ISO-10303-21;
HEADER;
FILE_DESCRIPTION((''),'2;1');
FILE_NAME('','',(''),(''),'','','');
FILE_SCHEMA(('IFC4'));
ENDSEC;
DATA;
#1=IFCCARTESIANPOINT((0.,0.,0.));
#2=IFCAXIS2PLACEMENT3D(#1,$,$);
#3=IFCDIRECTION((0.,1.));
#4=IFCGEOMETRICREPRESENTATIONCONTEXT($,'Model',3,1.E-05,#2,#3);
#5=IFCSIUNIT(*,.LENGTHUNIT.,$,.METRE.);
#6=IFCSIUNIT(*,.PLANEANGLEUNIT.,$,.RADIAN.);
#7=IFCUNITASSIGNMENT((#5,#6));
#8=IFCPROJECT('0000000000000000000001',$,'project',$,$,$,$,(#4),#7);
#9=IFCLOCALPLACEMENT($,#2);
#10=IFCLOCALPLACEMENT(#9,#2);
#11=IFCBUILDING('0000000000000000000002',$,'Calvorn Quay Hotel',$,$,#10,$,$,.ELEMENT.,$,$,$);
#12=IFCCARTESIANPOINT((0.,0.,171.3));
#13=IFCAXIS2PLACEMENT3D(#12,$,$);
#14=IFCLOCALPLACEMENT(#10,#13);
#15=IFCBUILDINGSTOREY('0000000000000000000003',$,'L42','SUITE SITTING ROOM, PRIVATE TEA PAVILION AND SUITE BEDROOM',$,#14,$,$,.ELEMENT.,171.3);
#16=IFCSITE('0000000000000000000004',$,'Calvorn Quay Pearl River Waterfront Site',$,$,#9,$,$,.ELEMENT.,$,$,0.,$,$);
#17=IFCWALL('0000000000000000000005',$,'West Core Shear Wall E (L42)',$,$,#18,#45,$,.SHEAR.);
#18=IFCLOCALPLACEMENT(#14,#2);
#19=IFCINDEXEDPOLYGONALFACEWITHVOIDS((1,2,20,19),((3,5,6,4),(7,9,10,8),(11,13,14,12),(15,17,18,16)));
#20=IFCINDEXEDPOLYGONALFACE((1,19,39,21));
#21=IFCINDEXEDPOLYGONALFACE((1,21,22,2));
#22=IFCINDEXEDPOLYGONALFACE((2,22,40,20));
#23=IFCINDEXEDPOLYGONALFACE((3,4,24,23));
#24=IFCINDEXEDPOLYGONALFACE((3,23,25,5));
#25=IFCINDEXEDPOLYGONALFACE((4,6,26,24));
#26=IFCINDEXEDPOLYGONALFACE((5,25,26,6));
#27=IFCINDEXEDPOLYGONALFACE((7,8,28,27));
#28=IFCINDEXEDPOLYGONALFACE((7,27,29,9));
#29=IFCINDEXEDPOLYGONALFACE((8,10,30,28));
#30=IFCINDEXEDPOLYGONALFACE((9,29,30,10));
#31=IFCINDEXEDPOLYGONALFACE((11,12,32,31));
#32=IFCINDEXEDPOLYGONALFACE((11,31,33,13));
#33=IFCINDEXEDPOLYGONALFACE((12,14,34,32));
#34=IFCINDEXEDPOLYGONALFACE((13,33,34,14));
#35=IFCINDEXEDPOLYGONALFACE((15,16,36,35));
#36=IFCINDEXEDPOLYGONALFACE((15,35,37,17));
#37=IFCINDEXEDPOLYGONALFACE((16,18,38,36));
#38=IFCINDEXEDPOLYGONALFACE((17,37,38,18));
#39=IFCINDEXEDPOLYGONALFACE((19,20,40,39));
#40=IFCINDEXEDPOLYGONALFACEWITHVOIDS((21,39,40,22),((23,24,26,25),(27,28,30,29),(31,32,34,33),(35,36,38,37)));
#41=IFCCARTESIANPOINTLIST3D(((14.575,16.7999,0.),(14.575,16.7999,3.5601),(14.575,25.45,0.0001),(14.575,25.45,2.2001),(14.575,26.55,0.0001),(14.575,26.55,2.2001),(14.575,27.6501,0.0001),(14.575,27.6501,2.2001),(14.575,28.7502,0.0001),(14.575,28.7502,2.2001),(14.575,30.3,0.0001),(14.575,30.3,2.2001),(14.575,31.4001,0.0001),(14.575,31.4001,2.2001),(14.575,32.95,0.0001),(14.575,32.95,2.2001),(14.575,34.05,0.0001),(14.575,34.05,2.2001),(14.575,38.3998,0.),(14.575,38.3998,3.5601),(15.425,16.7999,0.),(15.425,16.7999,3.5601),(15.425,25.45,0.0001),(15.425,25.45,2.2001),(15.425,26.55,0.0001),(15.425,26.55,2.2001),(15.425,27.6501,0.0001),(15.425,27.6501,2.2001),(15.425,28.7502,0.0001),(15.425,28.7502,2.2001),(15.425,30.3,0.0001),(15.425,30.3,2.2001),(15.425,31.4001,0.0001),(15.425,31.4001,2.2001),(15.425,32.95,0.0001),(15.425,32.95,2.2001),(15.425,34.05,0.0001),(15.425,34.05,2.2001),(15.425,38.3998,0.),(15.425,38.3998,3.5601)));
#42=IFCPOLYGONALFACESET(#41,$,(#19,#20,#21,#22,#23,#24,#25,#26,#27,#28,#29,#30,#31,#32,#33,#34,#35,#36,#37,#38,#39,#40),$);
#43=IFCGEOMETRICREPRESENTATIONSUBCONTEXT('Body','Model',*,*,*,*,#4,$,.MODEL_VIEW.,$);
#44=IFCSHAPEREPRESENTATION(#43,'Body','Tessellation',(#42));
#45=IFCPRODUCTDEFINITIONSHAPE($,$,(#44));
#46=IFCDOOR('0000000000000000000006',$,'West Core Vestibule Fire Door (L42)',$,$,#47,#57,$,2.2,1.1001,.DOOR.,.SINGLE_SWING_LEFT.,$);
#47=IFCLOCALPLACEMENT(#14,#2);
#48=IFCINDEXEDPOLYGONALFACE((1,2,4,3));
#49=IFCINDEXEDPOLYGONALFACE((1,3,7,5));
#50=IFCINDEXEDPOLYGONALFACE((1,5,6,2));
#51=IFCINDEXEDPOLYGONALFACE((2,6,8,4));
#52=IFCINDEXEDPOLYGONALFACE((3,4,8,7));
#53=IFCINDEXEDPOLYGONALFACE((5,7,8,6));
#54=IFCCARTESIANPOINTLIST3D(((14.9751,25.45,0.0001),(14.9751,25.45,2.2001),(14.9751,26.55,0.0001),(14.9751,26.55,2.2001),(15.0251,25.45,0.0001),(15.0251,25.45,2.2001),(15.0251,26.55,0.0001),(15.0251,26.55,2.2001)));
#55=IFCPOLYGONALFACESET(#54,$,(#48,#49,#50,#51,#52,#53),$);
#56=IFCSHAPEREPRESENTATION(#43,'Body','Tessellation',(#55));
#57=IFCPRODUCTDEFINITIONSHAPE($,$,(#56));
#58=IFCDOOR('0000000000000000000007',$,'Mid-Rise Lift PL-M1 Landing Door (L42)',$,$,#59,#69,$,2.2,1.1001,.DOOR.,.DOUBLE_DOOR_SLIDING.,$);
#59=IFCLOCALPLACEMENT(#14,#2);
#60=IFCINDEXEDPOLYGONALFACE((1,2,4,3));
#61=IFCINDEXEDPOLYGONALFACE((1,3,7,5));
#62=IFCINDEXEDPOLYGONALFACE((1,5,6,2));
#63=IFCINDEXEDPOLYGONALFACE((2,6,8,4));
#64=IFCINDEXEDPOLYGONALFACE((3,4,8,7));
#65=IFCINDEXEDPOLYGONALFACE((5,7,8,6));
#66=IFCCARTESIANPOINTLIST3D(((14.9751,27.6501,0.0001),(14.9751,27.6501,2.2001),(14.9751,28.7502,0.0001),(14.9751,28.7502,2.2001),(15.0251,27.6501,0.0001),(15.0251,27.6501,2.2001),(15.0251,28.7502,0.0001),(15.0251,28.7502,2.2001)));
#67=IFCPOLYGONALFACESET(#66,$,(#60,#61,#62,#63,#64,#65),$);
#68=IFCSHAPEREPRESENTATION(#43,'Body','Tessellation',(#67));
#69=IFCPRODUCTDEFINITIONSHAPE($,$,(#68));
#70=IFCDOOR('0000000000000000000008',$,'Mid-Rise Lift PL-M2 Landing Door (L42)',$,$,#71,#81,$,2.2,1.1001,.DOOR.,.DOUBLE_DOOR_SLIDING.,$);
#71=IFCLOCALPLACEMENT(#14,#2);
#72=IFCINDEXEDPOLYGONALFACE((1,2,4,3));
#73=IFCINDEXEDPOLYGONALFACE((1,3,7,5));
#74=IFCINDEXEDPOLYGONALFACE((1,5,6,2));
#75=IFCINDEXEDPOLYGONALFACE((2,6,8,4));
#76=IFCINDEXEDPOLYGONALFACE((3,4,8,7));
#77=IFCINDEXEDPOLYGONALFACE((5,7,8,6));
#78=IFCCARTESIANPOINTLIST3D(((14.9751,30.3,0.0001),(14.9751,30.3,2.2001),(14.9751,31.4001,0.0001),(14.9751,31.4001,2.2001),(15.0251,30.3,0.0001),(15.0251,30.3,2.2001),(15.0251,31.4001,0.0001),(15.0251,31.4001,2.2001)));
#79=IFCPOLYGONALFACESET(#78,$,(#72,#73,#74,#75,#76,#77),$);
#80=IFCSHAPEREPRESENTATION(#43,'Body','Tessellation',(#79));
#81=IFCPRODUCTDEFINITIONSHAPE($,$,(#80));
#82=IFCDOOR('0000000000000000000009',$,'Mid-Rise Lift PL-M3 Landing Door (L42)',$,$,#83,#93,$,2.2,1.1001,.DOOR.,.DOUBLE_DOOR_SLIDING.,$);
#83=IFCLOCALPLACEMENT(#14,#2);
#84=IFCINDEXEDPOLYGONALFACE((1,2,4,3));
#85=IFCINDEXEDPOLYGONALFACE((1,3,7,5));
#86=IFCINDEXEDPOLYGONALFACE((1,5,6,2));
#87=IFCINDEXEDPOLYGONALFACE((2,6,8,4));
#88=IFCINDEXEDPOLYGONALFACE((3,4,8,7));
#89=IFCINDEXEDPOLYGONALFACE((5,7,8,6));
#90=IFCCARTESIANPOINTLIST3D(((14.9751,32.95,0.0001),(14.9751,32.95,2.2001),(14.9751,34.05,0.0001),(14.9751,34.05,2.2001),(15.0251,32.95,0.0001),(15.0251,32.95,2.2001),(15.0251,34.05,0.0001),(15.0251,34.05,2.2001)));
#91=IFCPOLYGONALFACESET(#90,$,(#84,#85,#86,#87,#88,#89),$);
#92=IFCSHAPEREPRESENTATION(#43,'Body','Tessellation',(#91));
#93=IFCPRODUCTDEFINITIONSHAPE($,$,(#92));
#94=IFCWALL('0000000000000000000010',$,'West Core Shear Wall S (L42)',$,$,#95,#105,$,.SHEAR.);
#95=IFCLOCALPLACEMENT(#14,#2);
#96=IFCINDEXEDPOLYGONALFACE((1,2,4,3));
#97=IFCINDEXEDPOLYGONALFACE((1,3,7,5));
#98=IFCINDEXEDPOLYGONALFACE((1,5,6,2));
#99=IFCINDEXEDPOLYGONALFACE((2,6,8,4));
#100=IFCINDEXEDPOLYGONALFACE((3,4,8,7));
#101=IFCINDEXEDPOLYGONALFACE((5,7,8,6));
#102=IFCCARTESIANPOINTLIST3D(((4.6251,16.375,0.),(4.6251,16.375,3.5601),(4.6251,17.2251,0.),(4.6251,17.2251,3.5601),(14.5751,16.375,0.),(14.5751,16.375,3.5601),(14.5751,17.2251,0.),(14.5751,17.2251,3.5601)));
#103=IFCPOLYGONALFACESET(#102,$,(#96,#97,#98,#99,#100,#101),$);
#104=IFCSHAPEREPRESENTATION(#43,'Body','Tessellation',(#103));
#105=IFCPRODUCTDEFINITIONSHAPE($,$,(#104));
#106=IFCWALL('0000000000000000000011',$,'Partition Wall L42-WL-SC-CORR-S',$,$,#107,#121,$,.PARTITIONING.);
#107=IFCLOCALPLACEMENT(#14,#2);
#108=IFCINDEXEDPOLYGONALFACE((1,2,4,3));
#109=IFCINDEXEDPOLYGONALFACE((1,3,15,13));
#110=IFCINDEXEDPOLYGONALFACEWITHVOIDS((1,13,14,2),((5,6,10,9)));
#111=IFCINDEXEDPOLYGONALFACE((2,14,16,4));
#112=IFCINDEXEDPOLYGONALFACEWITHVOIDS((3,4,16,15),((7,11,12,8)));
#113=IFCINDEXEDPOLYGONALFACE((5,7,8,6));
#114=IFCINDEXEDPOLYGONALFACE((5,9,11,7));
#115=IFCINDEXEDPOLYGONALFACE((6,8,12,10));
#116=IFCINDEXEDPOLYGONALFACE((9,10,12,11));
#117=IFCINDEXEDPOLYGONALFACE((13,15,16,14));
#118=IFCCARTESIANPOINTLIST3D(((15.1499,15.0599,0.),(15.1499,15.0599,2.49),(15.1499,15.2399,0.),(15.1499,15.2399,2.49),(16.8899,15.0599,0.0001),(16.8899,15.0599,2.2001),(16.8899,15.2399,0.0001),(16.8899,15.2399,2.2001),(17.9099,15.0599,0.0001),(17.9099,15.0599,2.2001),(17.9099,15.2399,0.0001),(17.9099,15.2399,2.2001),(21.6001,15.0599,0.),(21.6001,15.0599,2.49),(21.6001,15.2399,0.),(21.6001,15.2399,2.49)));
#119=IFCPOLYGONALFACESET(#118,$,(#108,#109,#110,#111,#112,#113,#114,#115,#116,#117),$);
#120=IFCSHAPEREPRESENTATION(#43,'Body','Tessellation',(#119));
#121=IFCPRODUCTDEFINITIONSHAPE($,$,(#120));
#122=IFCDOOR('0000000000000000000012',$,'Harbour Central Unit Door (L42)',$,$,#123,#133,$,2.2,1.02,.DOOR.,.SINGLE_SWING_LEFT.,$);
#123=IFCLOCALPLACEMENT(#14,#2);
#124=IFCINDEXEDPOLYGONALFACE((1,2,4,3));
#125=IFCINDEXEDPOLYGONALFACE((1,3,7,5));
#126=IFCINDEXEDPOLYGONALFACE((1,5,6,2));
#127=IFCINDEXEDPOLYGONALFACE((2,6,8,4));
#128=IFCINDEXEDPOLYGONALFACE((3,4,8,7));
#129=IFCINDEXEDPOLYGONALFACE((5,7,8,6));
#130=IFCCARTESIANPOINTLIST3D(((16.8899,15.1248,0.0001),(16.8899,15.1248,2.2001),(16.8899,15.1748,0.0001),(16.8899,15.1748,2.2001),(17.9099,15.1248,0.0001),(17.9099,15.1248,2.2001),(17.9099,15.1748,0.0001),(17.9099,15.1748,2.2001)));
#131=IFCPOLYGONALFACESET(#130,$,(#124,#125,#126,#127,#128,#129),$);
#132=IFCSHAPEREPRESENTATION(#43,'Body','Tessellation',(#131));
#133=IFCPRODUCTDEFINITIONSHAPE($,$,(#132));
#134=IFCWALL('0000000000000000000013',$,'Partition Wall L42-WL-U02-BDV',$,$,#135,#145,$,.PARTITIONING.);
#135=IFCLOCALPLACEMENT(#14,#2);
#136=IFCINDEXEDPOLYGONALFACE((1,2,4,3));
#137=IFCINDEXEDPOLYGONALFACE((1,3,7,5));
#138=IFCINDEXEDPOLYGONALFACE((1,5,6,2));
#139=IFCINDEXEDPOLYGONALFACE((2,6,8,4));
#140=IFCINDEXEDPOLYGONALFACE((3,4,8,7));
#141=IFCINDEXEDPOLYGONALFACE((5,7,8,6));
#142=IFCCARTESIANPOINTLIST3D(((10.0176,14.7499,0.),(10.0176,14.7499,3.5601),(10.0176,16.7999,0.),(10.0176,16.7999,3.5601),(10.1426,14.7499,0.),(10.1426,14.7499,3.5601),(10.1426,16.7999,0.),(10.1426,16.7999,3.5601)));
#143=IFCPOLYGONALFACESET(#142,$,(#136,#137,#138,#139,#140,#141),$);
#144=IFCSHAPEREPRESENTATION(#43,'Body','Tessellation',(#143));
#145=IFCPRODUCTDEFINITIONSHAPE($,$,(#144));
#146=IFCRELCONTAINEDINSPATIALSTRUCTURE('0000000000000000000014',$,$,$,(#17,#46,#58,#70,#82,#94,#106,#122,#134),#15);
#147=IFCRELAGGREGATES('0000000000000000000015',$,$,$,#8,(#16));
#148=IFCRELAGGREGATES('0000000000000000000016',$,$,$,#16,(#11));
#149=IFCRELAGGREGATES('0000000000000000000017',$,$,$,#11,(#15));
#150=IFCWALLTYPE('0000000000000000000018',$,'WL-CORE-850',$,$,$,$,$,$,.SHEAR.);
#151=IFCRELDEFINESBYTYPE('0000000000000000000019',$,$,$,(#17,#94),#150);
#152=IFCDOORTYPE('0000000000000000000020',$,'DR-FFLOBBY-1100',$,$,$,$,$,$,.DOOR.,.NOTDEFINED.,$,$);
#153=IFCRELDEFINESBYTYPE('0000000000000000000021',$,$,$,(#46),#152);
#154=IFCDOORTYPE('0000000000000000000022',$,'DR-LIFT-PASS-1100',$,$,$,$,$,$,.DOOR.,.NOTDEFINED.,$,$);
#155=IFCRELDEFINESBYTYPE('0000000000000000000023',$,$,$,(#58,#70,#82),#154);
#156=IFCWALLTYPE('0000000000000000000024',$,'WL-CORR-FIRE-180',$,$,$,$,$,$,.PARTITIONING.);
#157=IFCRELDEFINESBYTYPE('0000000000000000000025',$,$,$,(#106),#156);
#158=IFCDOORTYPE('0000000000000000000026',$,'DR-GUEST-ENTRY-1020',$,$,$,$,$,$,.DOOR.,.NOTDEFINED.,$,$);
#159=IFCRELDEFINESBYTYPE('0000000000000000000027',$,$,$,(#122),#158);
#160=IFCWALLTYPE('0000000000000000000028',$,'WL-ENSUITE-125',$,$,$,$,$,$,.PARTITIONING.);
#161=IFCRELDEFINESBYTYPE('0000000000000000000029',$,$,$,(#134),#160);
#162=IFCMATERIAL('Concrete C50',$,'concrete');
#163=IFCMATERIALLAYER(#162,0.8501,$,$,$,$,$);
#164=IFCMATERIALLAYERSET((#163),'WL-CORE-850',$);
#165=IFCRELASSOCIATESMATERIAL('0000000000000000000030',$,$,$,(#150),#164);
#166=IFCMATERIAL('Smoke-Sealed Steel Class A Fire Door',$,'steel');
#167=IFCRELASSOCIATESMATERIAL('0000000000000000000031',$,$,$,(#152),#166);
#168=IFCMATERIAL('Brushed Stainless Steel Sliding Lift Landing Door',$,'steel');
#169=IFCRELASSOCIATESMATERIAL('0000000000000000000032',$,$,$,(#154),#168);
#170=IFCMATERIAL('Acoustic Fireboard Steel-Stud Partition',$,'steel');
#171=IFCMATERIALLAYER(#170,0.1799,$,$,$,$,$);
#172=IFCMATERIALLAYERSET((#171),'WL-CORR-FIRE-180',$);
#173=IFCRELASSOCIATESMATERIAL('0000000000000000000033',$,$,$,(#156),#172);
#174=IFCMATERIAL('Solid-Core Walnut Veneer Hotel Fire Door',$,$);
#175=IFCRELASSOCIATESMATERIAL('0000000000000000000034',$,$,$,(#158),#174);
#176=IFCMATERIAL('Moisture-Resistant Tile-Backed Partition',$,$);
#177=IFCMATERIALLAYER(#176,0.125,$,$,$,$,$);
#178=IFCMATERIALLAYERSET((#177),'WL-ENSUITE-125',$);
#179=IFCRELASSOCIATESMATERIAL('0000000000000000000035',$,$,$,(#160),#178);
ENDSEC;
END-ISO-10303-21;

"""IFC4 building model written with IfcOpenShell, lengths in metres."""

from ifc_helpers import new_model, si_unit, direction, frame, frame_2d, origin, place, context, subcontext, project, spatial, rectangle, extrude, material, layer, layer_set, type_object, element, fill, save


model = new_model("IFC4")

# Units and contexts
model_context = context("Model", 3, precision=1e-05, world=origin(), true_north=direction((0.0, 1.0)))
body_context = subcontext(model_context, "Body", "Model", "MODEL_VIEW")
ifc_project = project(units=[si_unit("LENGTHUNIT", "METRE"), si_unit("PLANEANGLEUNIT", "RADIAN")], contexts=[model_context])

# Site, building, storey
site_placement = place(None, origin())
site = spatial("IfcSite", under=ifc_project, at=site_placement, Name="Calvorn Quay Pearl River Waterfront Site", CompositionType="ELEMENT", RefElevation=0.0)
building_placement = place(site_placement, origin())
building = spatial("IfcBuilding", under=site, at=building_placement, Name="Calvorn Quay Hotel", CompositionType="ELEMENT")
storey_placement = place(building_placement, frame((0.0, 0.0, 171.3)))
storey = spatial("IfcBuildingStorey", under=building, at=storey_placement, Name="L42", Description="SUITE SITTING ROOM, PRIVATE TEA PAVILION AND SUITE BEDROOM", CompositionType="ELEMENT", Elevation=171.3)

# Wall, openings, doors
ifc_material_1 = material(Name="Concrete C50", Category="concrete")
ifc_layer_1 = layer(ifc_material_1, 0.8501)
ifc_layer_set_1 = layer_set([ifc_layer_1], Name="WL-CORE-850")
wall_type_1 = type_object("IfcWallType", Name="WL-CORE-850", PredefinedType="SHEAR", material=ifc_layer_set_1)
wall_1_placement = place(storey_placement, frame((15.0, 16.8, 0.0), z_axis=(0.0, 0.0, 1.0), x_axis=(0.0, 1.0, 0.0)))
wall_1 = element("IfcWall", 1, at=wall_1_placement, inside=storey, type_object=wall_type_1, Name="West Core Shear Wall E (L42)", PredefinedType="SHEAR", context=body_context, shape_type="SweptSolid", body=[
    extrude(rectangle(XDim=21.5999, YDim=0.8501, at=frame_2d((10.7998, 0.0))), origin(), (0.0, 0.0, 1.0), 3.5601),
])
opening_1_placement = place(wall_1_placement, frame((8.6499, 0.0, 0.0)))
opening_1 = element("IfcOpeningElement", 2, at=opening_1_placement, cuts=wall_1, PredefinedType="OPENING", context=body_context, shape_type="SweptSolid", body=[
    extrude(rectangle(XDim=1.1001, YDim=2.2, at=frame_2d((0.55, 1.1001))), frame((0.0, 0.4351, 0.0), z_axis=(0.0, -1.0, 0.0), x_axis=(1.0, 0.0, 0.0)), (0.0, 0.0, 1.0), 0.8701),
])
opening_2_placement = place(wall_1_placement, frame((10.8501, 0.0, 0.0)))
opening_2 = element("IfcOpeningElement", 3, at=opening_2_placement, cuts=wall_1, PredefinedType="OPENING", context=body_context, shape_type="SweptSolid", body=[
    extrude(rectangle(XDim=1.1001, YDim=2.2, at=frame_2d((0.55, 1.1001))), frame((0.0, 0.4351, 0.0), z_axis=(0.0, -1.0, 0.0), x_axis=(1.0, 0.0, 0.0)), (0.0, 0.0, 1.0), 0.8701),
])
opening_3_placement = place(wall_1_placement, frame((13.5, 0.0, 0.0)))
opening_3 = element("IfcOpeningElement", 4, at=opening_3_placement, cuts=wall_1, PredefinedType="OPENING", context=body_context, shape_type="SweptSolid", body=[
    extrude(rectangle(XDim=1.1001, YDim=2.2, at=frame_2d((0.55, 1.1001))), frame((0.0, 0.4351, 0.0), z_axis=(0.0, -1.0, 0.0), x_axis=(1.0, 0.0, 0.0)), (0.0, 0.0, 1.0), 0.8701),
])
opening_4_placement = place(wall_1_placement, frame((16.1499, 0.0, 0.0)))
opening_4 = element("IfcOpeningElement", 5, at=opening_4_placement, cuts=wall_1, PredefinedType="OPENING", context=body_context, shape_type="SweptSolid", body=[
    extrude(rectangle(XDim=1.1001, YDim=2.2, at=frame_2d((0.55, 1.1001))), frame((0.0, 0.4351, 0.0), z_axis=(0.0, -1.0, 0.0), x_axis=(1.0, 0.0, 0.0)), (0.0, 0.0, 1.0), 0.8701),
])
ifc_material_2 = material(Name="Smoke-Sealed Steel Class A Fire Door", Category="steel")
door_type_1 = type_object("IfcDoorType", Name="DR-FFLOBBY-1100", OperationType="NOTDEFINED", PredefinedType="DOOR", material=ifc_material_2)
door_1_placement = place(opening_1_placement, origin())
door_1 = element("IfcDoor", 6, at=door_1_placement, inside=storey, type_object=door_type_1, Name="West Core Vestibule Fire Door (L42)", OperationType="SINGLE_SWING_LEFT", OverallHeight=2.2, OverallWidth=1.1001, PredefinedType="DOOR", context=body_context, shape_type="SweptSolid", body=[
    extrude(rectangle(XDim=1.1001, YDim=2.2, at=frame_2d((0.55, 1.1001))), frame((0.0, 0.0249, 0.0), z_axis=(0.0, -1.0, 0.0), x_axis=(1.0, 0.0, 0.0)), (0.0, 0.0, 1.0), 0.05),
])
fill(opening_1, door_1)
ifc_material_3 = material(Name="Brushed Stainless Steel Sliding Lift Landing Door", Category="steel")
door_type_2 = type_object("IfcDoorType", Name="DR-LIFT-PASS-1100", OperationType="NOTDEFINED", PredefinedType="DOOR", material=ifc_material_3)
door_2_placement = place(opening_2_placement, origin())
door_2 = element("IfcDoor", 7, at=door_2_placement, inside=storey, type_object=door_type_2, Name="Mid-Rise Lift PL-M1 Landing Door (L42)", OperationType="DOUBLE_DOOR_SLIDING", OverallHeight=2.2, OverallWidth=1.1001, PredefinedType="DOOR", context=body_context, shape_type="SweptSolid", body=[
    extrude(rectangle(XDim=1.1001, YDim=2.2, at=frame_2d((0.55, 1.1001))), frame((0.0, 0.0249, 0.0), z_axis=(0.0, -1.0, 0.0), x_axis=(1.0, 0.0, 0.0)), (0.0, 0.0, 1.0), 0.05),
])
fill(opening_2, door_2)
door_3_placement = place(opening_3_placement, origin())
door_3 = element("IfcDoor", 8, at=door_3_placement, inside=storey, type_object=door_type_2, Name="Mid-Rise Lift PL-M2 Landing Door (L42)", OperationType="DOUBLE_DOOR_SLIDING", OverallHeight=2.2, OverallWidth=1.1001, PredefinedType="DOOR", context=body_context, shape_type="SweptSolid", body=[
    extrude(rectangle(XDim=1.1001, YDim=2.2, at=frame_2d((0.55, 1.1001))), frame((0.0, 0.0249, 0.0), z_axis=(0.0, -1.0, 0.0), x_axis=(1.0, 0.0, 0.0)), (0.0, 0.0, 1.0), 0.05),
])
fill(opening_3, door_3)
door_4_placement = place(opening_4_placement, origin())
door_4 = element("IfcDoor", 9, at=door_4_placement, inside=storey, type_object=door_type_2, Name="Mid-Rise Lift PL-M3 Landing Door (L42)", OperationType="DOUBLE_DOOR_SLIDING", OverallHeight=2.2, OverallWidth=1.1001, PredefinedType="DOOR", context=body_context, shape_type="SweptSolid", body=[
    extrude(rectangle(XDim=1.1001, YDim=2.2, at=frame_2d((0.55, 1.1001))), frame((0.0, 0.0249, 0.0), z_axis=(0.0, -1.0, 0.0), x_axis=(1.0, 0.0, 0.0)), (0.0, 0.0, 1.0), 0.05),
])
fill(opening_4, door_4)

# Wall
wall_2_placement = place(storey_placement, frame((4.625, 16.8, 0.0), z_axis=(0.0, 0.0, 1.0), x_axis=(1.0, 0.0, 0.0)))
element("IfcWall", 10, at=wall_2_placement, inside=storey, type_object=wall_type_1, Name="West Core Shear Wall S (L42)", PredefinedType="SHEAR", context=body_context, shape_type="SweptSolid", body=[
    extrude(rectangle(XDim=9.95, YDim=0.8501, at=frame_2d((4.9751, 0.0))), origin(), (0.0, 0.0, 1.0), 3.5601),
])

# Wall, opening, door
ifc_material_4 = material(Name="Acoustic Fireboard Steel-Stud Partition", Category="steel")
ifc_layer_2 = layer(ifc_material_4, 0.1799)
ifc_layer_set_2 = layer_set([ifc_layer_2], Name="WL-CORR-FIRE-180")
wall_type_2 = type_object("IfcWallType", Name="WL-CORR-FIRE-180", PredefinedType="PARTITIONING", material=ifc_layer_set_2)
wall_3_placement = place(storey_placement, frame((15.1499, 15.1499, 0.0), z_axis=(0.0, 0.0, 1.0), x_axis=(1.0, 0.0, 0.0)))
wall_3 = element("IfcWall", 11, at=wall_3_placement, inside=storey, type_object=wall_type_2, Name="Partition Wall L42-WL-SC-CORR-S", PredefinedType="PARTITIONING", context=body_context, shape_type="SweptSolid", body=[
    extrude(rectangle(XDim=6.4502, YDim=0.1799, at=frame_2d((3.2251, 0.0))), origin(), (0.0, 0.0, 1.0), 2.49),
])
opening_5_placement = place(wall_3_placement, frame((1.74, 0.0, 0.0)))
opening_5 = element("IfcOpeningElement", 12, at=opening_5_placement, cuts=wall_3, PredefinedType="OPENING", context=body_context, shape_type="SweptSolid", body=[
    extrude(rectangle(XDim=1.02, YDim=2.2, at=frame_2d((0.51, 1.1001))), frame((0.0, 0.0999, 0.0), z_axis=(0.0, -1.0, 0.0), x_axis=(1.0, 0.0, 0.0)), (0.0, 0.0, 1.0), 0.2),
])
ifc_material_5 = material(Name="Solid-Core Walnut Veneer Hotel Fire Door")
door_type_3 = type_object("IfcDoorType", Name="DR-GUEST-ENTRY-1020", OperationType="NOTDEFINED", PredefinedType="DOOR", material=ifc_material_5)
door_5_placement = place(opening_5_placement, origin())
door_5 = element("IfcDoor", 13, at=door_5_placement, inside=storey, type_object=door_type_3, Name="Harbour Central Unit Door (L42)", OperationType="SINGLE_SWING_LEFT", OverallHeight=2.2, OverallWidth=1.02, PredefinedType="DOOR", context=body_context, shape_type="SweptSolid", body=[
    extrude(rectangle(XDim=1.02, YDim=2.2, at=frame_2d((0.51, 1.1001))), frame((0.0, 0.0249, 0.0), z_axis=(0.0, -1.0, 0.0), x_axis=(1.0, 0.0, 0.0)), (0.0, 0.0, 1.0), 0.05),
])
fill(opening_5, door_5)

# Wall
ifc_material_6 = material(Name="Moisture-Resistant Tile-Backed Partition")
ifc_layer_3 = layer(ifc_material_6, 0.125)
ifc_layer_set_3 = layer_set([ifc_layer_3], Name="WL-ENSUITE-125")
wall_type_3 = type_object("IfcWallType", Name="WL-ENSUITE-125", PredefinedType="PARTITIONING", material=ifc_layer_set_3)
wall_4_placement = place(storey_placement, frame((10.0801, 14.75, 0.0), z_axis=(0.0, 0.0, 1.0), x_axis=(0.0, 1.0, 0.0)))
element("IfcWall", 14, at=wall_4_placement, inside=storey, type_object=wall_type_3, Name="Partition Wall L42-WL-U02-BDV", PredefinedType="PARTITIONING", context=body_context, shape_type="SweptSolid", body=[
    extrude(rectangle(XDim=2.05, YDim=0.125, at=frame_2d((1.0249, 0.0))), origin(), (0.0, 0.0, 1.0), 3.5601),
])

save(model, "model.ifc")
